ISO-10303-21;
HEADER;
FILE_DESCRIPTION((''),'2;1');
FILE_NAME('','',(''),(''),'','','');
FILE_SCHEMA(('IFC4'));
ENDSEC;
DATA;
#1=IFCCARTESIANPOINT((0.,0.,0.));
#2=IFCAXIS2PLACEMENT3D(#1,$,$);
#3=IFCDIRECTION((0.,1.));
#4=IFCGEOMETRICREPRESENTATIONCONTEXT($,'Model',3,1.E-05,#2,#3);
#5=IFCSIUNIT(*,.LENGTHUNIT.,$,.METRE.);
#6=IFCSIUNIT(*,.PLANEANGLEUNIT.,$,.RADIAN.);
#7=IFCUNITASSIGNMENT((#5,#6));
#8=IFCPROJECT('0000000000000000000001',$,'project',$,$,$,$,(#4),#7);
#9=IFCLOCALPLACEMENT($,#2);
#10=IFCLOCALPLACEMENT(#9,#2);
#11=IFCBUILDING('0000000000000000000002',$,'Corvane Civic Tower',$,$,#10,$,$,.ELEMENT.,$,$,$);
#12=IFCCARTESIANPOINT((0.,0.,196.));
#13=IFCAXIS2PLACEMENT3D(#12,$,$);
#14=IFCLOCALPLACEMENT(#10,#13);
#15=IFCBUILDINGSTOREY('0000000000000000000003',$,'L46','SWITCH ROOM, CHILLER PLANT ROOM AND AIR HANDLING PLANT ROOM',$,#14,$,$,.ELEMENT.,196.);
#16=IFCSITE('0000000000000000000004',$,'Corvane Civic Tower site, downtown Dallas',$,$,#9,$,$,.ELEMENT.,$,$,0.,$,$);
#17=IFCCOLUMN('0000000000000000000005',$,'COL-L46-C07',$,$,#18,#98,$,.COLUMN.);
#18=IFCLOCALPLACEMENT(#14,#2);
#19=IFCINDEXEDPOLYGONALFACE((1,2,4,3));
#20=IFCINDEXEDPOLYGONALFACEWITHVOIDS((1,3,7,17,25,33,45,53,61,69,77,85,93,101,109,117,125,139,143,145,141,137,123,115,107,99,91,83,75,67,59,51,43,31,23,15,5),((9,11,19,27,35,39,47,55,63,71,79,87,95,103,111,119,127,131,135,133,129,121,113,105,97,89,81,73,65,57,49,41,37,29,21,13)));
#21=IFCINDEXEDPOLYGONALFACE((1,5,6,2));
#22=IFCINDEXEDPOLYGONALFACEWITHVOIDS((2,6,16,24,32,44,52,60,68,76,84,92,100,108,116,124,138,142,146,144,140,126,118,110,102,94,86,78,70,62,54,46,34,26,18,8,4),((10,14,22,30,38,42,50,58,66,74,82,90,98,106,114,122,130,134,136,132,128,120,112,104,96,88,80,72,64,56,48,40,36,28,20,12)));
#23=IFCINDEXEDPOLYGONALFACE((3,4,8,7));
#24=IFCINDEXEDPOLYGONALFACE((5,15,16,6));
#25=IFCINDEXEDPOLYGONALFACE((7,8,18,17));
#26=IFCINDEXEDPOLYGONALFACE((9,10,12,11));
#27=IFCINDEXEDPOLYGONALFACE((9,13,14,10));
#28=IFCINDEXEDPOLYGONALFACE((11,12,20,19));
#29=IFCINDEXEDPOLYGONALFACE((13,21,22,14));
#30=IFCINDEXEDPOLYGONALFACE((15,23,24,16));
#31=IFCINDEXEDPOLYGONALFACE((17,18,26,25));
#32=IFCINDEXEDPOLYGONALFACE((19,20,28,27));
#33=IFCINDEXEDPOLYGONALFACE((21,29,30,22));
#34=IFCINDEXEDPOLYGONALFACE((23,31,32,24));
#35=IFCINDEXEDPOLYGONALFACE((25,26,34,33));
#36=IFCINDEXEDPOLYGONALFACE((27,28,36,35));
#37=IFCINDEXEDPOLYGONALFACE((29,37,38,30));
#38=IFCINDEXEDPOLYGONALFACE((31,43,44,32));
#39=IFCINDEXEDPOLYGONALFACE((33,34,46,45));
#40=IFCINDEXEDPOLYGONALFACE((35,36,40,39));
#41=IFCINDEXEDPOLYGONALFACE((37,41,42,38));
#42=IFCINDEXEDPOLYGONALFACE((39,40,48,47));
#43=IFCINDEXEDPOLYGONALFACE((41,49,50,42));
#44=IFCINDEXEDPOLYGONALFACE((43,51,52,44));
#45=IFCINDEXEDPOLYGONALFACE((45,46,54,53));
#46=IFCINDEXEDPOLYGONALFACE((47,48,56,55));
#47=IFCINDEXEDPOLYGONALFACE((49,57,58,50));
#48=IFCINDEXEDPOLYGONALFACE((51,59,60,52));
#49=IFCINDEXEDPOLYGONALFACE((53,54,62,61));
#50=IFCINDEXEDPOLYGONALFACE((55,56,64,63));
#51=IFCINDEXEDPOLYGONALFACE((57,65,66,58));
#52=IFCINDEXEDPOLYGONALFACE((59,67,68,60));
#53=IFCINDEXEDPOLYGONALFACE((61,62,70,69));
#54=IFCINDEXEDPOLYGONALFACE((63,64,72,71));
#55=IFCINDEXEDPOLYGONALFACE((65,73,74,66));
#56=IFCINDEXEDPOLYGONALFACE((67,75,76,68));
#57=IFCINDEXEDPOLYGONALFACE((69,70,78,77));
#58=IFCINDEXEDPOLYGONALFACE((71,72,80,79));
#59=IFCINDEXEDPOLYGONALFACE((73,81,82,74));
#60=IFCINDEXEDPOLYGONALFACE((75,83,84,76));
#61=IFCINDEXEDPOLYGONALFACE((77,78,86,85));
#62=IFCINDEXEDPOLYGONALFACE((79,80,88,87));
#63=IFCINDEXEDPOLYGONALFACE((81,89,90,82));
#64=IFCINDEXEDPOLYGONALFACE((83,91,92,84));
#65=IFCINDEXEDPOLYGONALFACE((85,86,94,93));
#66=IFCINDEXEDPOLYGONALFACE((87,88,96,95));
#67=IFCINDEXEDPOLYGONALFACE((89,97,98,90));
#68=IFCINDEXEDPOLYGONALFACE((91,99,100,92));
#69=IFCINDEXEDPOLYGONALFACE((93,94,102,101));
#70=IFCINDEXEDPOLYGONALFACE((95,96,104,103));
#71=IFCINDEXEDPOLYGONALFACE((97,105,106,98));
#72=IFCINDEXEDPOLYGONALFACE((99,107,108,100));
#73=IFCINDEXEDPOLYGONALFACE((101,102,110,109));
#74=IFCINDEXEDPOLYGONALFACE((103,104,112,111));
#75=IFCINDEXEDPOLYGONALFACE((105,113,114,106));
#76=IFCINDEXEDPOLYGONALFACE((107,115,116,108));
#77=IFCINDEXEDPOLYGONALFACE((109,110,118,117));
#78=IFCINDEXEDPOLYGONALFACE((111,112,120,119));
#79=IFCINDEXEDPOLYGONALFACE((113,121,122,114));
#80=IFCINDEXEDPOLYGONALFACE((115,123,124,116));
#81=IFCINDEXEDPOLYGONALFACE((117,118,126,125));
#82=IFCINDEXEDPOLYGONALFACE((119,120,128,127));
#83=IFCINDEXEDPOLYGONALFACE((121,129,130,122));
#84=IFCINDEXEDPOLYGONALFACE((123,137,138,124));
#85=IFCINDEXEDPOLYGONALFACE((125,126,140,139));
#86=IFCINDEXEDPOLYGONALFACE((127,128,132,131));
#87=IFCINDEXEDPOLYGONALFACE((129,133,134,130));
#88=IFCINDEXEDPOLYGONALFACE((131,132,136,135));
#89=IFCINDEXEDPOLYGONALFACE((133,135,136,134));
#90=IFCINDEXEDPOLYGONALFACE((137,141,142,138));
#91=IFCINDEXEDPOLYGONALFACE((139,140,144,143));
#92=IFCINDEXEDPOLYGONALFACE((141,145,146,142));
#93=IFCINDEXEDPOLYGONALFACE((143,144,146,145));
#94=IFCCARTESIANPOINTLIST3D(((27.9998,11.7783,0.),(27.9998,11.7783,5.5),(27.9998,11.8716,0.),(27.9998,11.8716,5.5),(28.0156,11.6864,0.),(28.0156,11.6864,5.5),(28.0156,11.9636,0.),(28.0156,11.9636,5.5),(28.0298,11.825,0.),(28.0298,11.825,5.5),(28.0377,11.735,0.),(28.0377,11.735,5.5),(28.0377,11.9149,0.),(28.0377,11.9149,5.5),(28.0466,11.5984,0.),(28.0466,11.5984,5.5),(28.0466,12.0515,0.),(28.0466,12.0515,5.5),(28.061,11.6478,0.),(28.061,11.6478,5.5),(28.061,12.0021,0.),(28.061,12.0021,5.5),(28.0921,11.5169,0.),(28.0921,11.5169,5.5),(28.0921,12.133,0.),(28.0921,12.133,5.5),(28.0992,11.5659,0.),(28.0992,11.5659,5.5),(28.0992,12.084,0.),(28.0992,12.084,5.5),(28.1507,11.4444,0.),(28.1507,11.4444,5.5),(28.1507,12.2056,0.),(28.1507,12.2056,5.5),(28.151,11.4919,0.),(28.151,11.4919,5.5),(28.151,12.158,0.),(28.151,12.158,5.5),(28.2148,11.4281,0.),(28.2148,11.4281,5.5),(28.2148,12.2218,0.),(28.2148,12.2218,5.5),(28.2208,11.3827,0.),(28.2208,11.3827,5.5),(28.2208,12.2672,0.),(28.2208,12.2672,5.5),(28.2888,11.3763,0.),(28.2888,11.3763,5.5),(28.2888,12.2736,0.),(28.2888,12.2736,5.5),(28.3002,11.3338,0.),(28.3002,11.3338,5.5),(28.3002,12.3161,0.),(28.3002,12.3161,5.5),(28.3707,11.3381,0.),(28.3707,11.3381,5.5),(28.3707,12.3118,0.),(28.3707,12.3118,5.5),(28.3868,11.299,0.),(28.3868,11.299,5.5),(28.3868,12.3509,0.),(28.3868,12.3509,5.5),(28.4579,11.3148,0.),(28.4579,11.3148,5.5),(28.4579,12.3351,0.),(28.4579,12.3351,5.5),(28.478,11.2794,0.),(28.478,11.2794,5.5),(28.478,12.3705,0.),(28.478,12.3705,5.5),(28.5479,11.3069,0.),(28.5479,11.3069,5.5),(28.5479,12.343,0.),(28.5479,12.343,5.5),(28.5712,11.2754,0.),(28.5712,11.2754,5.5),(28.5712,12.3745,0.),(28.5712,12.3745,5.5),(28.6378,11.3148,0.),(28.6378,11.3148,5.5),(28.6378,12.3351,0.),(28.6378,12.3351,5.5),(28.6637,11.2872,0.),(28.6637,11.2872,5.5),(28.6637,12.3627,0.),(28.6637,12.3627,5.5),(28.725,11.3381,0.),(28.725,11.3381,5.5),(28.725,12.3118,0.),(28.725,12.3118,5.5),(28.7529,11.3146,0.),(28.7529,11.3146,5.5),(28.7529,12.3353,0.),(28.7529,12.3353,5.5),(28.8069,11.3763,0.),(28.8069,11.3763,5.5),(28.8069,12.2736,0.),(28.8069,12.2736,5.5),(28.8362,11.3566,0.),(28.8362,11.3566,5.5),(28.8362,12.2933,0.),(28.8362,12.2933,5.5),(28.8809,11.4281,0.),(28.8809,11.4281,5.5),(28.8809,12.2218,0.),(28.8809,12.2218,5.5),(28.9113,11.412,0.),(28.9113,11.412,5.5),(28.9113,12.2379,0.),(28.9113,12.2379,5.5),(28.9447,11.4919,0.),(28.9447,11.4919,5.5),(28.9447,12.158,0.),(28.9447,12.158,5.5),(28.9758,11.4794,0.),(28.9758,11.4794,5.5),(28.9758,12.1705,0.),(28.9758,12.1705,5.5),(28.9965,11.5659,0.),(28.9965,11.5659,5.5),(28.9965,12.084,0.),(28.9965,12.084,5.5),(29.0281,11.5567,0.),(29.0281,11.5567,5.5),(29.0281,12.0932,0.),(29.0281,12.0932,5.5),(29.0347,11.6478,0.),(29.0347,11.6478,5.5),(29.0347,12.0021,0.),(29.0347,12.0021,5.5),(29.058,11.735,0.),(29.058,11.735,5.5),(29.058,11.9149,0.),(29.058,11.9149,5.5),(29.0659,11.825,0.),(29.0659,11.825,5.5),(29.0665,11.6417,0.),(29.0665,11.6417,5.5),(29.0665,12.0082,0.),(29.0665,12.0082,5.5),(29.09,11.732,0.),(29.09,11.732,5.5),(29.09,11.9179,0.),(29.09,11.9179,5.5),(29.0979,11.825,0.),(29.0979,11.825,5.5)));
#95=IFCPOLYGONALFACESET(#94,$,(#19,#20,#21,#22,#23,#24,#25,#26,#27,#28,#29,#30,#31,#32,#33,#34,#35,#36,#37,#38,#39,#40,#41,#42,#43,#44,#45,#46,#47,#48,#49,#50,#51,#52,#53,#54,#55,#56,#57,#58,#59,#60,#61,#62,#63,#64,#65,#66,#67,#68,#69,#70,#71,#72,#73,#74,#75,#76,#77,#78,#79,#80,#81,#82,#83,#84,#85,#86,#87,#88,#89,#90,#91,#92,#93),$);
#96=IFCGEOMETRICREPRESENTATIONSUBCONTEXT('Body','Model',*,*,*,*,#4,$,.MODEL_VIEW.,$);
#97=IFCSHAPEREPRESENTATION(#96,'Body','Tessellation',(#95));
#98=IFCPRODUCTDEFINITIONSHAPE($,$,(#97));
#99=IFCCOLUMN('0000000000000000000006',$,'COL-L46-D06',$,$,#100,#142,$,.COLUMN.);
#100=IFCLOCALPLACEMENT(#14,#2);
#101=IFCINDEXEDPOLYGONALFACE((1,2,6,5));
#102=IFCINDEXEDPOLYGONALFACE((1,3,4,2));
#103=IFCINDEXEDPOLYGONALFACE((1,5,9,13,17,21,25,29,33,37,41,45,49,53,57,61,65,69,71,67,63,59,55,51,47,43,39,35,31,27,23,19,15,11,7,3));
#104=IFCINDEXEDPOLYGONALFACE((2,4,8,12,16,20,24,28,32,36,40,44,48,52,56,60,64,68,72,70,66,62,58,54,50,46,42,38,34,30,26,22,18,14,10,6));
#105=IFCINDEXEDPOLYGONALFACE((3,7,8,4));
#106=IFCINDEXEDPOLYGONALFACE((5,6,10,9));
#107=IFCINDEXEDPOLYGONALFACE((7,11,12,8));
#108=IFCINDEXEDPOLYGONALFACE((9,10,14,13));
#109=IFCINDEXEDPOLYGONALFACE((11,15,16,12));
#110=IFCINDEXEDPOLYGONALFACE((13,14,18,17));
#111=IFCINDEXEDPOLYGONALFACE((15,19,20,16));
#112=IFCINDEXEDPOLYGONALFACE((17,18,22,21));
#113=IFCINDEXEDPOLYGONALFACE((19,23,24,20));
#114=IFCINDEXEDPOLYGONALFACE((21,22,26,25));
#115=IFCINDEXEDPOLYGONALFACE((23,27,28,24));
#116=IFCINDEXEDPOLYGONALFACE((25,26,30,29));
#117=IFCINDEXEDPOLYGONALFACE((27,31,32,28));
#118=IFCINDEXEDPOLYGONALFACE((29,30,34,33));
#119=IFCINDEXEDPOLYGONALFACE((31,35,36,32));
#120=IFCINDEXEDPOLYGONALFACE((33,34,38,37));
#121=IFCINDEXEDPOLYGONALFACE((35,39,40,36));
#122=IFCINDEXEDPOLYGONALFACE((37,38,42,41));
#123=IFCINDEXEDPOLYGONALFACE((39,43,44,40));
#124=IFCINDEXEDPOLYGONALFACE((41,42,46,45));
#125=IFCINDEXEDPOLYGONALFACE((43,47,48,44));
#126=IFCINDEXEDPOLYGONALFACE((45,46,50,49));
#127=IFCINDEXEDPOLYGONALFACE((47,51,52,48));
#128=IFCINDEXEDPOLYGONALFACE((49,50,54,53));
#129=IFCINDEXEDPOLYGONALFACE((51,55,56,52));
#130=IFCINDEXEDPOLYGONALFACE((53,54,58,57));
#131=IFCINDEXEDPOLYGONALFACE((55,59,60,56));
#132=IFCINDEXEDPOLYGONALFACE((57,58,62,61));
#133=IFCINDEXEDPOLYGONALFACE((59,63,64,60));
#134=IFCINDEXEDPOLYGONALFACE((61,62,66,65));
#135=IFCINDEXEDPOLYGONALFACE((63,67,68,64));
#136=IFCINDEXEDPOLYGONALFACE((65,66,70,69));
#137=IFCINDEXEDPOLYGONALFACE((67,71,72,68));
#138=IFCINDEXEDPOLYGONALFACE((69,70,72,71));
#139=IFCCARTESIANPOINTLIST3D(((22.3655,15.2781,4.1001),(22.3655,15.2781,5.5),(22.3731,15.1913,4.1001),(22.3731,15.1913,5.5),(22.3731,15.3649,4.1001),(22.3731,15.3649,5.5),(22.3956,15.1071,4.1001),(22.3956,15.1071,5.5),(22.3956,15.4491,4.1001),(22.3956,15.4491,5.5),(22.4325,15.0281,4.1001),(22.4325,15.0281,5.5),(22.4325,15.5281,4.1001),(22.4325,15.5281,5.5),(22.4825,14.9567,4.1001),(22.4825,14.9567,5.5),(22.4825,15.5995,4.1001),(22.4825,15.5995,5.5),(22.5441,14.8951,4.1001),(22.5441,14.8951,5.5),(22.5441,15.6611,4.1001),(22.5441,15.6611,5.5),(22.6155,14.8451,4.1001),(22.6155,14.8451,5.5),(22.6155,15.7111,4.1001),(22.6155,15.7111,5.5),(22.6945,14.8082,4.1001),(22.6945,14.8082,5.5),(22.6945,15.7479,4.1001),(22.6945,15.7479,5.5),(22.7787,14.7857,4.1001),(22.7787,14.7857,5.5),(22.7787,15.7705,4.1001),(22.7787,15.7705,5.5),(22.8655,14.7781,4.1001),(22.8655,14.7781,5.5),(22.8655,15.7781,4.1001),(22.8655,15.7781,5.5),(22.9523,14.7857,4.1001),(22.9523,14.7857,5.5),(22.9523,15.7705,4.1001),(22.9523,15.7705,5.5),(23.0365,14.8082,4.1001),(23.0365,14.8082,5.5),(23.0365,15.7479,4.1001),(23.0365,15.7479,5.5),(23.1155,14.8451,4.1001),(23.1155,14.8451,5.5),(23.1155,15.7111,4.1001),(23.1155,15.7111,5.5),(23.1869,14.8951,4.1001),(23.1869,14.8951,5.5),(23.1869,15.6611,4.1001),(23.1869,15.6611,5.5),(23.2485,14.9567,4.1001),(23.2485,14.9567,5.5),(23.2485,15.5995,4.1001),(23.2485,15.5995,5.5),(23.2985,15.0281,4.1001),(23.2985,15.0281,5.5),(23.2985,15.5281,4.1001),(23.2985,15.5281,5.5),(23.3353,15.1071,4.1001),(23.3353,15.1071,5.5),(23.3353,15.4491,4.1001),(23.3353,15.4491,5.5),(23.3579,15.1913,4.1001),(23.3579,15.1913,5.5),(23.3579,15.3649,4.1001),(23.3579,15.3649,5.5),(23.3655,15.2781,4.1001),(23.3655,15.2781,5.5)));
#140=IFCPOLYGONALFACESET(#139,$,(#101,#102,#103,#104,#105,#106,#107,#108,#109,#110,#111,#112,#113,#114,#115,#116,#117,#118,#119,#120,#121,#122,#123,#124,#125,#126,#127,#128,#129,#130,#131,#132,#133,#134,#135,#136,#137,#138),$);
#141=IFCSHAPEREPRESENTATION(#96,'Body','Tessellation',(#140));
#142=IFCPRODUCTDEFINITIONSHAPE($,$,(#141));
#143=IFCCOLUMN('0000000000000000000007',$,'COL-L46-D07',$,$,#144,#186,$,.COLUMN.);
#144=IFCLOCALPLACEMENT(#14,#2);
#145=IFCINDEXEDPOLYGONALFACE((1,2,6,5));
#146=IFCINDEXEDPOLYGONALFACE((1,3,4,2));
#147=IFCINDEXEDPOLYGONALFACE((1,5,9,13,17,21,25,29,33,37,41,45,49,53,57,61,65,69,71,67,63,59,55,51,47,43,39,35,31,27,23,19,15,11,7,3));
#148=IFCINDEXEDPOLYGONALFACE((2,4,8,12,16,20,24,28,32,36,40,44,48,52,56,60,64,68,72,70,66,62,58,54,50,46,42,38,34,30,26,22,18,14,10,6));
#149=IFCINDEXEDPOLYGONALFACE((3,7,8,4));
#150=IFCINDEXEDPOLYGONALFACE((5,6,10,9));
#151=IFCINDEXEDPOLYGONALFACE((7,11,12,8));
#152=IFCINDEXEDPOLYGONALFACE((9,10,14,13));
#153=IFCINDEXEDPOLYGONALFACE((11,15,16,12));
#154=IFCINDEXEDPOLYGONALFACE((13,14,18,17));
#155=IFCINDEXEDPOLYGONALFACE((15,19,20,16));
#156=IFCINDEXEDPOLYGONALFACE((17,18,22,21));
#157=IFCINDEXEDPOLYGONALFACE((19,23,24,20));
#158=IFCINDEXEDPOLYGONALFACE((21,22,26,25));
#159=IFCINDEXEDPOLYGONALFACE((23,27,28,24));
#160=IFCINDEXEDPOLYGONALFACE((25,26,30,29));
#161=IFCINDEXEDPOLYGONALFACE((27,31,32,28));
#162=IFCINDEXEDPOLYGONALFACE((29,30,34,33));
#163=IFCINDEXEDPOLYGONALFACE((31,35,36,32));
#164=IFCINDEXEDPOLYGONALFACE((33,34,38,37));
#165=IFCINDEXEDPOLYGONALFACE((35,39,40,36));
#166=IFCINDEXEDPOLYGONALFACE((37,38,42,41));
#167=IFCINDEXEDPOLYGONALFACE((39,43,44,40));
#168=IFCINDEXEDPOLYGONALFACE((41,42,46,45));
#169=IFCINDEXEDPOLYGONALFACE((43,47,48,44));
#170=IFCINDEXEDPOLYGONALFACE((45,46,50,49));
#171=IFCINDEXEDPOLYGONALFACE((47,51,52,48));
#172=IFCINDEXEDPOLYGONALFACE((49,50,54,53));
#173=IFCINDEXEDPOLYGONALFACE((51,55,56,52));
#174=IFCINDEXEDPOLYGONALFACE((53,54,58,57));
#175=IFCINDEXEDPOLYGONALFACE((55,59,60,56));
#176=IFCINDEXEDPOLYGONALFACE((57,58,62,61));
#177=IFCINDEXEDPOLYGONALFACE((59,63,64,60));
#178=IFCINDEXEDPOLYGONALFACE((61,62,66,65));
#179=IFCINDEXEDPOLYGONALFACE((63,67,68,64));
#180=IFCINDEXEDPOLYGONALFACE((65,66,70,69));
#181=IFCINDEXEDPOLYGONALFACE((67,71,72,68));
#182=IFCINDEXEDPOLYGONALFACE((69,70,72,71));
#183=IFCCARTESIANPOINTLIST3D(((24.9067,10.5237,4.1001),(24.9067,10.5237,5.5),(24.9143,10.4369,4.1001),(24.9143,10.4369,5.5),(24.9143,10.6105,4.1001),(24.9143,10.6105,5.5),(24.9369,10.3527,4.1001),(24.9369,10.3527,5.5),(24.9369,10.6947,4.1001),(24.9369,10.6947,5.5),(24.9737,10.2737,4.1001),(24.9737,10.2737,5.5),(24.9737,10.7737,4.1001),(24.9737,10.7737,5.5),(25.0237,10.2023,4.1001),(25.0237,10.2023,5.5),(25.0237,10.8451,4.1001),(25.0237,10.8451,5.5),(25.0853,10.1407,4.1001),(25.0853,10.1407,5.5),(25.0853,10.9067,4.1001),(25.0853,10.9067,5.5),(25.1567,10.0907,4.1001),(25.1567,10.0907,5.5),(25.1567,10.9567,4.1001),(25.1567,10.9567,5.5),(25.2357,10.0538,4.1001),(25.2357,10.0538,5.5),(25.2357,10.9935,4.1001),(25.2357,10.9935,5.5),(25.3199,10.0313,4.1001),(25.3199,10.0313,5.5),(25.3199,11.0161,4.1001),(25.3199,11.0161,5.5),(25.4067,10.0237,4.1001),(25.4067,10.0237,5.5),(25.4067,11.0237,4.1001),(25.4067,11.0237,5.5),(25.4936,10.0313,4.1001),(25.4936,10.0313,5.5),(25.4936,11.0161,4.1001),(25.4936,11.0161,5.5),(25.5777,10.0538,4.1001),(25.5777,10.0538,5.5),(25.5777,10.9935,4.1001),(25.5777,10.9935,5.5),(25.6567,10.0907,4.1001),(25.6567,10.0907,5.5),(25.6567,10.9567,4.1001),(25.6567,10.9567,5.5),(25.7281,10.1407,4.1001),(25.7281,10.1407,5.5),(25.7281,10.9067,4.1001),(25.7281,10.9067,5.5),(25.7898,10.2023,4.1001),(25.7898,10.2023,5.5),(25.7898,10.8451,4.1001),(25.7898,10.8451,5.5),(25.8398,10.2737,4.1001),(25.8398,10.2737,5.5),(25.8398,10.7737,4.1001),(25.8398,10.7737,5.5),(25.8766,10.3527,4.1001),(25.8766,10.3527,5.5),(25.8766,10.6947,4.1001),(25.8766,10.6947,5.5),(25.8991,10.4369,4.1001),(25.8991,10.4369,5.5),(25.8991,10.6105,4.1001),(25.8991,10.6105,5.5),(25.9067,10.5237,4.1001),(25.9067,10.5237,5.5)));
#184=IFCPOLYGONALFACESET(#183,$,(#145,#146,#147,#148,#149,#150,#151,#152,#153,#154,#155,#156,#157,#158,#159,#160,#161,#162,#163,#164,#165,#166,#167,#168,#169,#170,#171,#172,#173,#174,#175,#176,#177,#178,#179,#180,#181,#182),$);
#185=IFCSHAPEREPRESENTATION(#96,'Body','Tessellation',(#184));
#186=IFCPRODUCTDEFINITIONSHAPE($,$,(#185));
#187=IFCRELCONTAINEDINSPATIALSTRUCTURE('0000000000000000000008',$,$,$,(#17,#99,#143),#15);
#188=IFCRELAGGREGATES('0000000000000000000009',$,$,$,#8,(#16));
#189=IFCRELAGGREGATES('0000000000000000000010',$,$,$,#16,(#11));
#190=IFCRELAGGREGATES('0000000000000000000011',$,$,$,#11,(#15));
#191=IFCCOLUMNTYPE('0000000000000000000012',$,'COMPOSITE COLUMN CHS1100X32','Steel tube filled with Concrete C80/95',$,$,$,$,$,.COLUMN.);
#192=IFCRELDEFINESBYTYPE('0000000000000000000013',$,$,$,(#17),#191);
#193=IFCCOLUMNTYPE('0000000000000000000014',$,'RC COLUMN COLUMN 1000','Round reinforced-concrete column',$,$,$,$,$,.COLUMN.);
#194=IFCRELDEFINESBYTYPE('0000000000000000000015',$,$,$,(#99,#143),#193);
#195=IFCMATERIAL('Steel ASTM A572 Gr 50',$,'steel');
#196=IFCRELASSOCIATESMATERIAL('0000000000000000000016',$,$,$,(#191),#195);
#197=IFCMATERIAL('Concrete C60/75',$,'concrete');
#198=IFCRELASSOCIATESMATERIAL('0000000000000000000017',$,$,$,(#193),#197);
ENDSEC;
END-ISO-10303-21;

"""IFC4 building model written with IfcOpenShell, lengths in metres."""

from ifc_helpers import new_model, si_unit, direction, frame, origin, origin_2d, place, context, subcontext, project, spatial, circle, hollow_circle, extrude, material, material_profile, profile_set, type_object, element, save


model = new_model("IFC4")

# Units and contexts
model_context = context("Model", 3, precision=1e-05, world=origin(), true_north=direction((0.0, 1.0)))
body_context = subcontext(model_context, "Body", "Model", "MODEL_VIEW")
ifc_project = project(units=[si_unit("LENGTHUNIT", "METRE"), si_unit("PLANEANGLEUNIT", "RADIAN")], contexts=[model_context])

# Site, building, storey
site_placement = place(None, origin())
site = spatial("IfcSite", under=ifc_project, at=site_placement, Name="Corvane Civic Tower site, downtown Dallas", CompositionType="ELEMENT", RefElevation=0.0)
building_placement = place(site_placement, origin())
building = spatial("IfcBuilding", under=site, at=building_placement, Name="Corvane Civic Tower", CompositionType="ELEMENT")
storey_placement = place(building_placement, frame((0.0, 0.0, 196.0)))
storey = spatial("IfcBuildingStorey", under=building, at=storey_placement, Name="L46", Description="SWITCH ROOM, CHILLER PLANT ROOM AND AIR HANDLING PLANT ROOM", CompositionType="ELEMENT", Elevation=196.0)

# Columns
ifc_material_1 = material(Name="Steel ASTM A572 Gr 50", Category="steel")
ifc_material_profile_1 = material_profile(ifc_material_1, hollow_circle(Radius=0.55, WallThickness=0.032, at=origin_2d()), Name="CHS1100X32")
ifc_profile_set_1 = profile_set([ifc_material_profile_1], Name="Steel ASTM A572 Gr 50")
column_type_1 = type_object("IfcColumnType", Name="COMPOSITE COLUMN CHS1100X32", Description="Steel tube filled with Concrete C80/95", PredefinedType="COLUMN", material=ifc_profile_set_1)
column_placement = place(storey_placement, frame((28.5479, 11.825, 0.0), z_axis=(0.0, 0.0, 1.0), x_axis=(1.0, 0.0, 0.0)))
element("IfcColumn", 1, at=column_placement, inside=storey, type_object=column_type_1, Name="COL-L46-C07", PredefinedType="COLUMN", context=body_context, shape_type="SweptSolid", body=[
    extrude(hollow_circle(Radius=0.55, WallThickness=0.032, at=origin_2d()), origin(), (0.0, 0.0, 1.0), 5.5),
])
ifc_material_2 = material(Name="Concrete C60/75", Category="concrete")
ifc_material_profile_2 = material_profile(ifc_material_2, circle(Radius=0.5, at=origin_2d()), Name="COLUMN 1000")
ifc_profile_set_2 = profile_set([ifc_material_profile_2], Name="Concrete C60/75")
column_type_2 = type_object("IfcColumnType", Name="RC COLUMN COLUMN 1000", Description="Round reinforced-concrete column", PredefinedType="COLUMN", material=ifc_profile_set_2)
for number, where, z_axis, x_axis, name in (
    (2, (22.8655, 15.2781, 4.1001), (0.0, 0.0, 1.0), (1.0, 0.0, 0.0), "COL-L46-D06"),
    (3, (25.4067, 10.5237, 4.1001), (0.0, 0.0, 1.0), (1.0, 0.0, 0.0), "COL-L46-D07"),
):
    element("IfcColumn", number, at=place(storey_placement, frame(where, z_axis=z_axis, x_axis=x_axis)), inside=storey, type_object=column_type_2, Name=name, PredefinedType="COLUMN", context=body_context, shape_type="SweptSolid", body=[
        extrude(circle(Radius=0.5, at=origin_2d()), origin(), (0.0, 0.0, 1.0), 1.3999),
    ])

save(model, "model.ifc")
